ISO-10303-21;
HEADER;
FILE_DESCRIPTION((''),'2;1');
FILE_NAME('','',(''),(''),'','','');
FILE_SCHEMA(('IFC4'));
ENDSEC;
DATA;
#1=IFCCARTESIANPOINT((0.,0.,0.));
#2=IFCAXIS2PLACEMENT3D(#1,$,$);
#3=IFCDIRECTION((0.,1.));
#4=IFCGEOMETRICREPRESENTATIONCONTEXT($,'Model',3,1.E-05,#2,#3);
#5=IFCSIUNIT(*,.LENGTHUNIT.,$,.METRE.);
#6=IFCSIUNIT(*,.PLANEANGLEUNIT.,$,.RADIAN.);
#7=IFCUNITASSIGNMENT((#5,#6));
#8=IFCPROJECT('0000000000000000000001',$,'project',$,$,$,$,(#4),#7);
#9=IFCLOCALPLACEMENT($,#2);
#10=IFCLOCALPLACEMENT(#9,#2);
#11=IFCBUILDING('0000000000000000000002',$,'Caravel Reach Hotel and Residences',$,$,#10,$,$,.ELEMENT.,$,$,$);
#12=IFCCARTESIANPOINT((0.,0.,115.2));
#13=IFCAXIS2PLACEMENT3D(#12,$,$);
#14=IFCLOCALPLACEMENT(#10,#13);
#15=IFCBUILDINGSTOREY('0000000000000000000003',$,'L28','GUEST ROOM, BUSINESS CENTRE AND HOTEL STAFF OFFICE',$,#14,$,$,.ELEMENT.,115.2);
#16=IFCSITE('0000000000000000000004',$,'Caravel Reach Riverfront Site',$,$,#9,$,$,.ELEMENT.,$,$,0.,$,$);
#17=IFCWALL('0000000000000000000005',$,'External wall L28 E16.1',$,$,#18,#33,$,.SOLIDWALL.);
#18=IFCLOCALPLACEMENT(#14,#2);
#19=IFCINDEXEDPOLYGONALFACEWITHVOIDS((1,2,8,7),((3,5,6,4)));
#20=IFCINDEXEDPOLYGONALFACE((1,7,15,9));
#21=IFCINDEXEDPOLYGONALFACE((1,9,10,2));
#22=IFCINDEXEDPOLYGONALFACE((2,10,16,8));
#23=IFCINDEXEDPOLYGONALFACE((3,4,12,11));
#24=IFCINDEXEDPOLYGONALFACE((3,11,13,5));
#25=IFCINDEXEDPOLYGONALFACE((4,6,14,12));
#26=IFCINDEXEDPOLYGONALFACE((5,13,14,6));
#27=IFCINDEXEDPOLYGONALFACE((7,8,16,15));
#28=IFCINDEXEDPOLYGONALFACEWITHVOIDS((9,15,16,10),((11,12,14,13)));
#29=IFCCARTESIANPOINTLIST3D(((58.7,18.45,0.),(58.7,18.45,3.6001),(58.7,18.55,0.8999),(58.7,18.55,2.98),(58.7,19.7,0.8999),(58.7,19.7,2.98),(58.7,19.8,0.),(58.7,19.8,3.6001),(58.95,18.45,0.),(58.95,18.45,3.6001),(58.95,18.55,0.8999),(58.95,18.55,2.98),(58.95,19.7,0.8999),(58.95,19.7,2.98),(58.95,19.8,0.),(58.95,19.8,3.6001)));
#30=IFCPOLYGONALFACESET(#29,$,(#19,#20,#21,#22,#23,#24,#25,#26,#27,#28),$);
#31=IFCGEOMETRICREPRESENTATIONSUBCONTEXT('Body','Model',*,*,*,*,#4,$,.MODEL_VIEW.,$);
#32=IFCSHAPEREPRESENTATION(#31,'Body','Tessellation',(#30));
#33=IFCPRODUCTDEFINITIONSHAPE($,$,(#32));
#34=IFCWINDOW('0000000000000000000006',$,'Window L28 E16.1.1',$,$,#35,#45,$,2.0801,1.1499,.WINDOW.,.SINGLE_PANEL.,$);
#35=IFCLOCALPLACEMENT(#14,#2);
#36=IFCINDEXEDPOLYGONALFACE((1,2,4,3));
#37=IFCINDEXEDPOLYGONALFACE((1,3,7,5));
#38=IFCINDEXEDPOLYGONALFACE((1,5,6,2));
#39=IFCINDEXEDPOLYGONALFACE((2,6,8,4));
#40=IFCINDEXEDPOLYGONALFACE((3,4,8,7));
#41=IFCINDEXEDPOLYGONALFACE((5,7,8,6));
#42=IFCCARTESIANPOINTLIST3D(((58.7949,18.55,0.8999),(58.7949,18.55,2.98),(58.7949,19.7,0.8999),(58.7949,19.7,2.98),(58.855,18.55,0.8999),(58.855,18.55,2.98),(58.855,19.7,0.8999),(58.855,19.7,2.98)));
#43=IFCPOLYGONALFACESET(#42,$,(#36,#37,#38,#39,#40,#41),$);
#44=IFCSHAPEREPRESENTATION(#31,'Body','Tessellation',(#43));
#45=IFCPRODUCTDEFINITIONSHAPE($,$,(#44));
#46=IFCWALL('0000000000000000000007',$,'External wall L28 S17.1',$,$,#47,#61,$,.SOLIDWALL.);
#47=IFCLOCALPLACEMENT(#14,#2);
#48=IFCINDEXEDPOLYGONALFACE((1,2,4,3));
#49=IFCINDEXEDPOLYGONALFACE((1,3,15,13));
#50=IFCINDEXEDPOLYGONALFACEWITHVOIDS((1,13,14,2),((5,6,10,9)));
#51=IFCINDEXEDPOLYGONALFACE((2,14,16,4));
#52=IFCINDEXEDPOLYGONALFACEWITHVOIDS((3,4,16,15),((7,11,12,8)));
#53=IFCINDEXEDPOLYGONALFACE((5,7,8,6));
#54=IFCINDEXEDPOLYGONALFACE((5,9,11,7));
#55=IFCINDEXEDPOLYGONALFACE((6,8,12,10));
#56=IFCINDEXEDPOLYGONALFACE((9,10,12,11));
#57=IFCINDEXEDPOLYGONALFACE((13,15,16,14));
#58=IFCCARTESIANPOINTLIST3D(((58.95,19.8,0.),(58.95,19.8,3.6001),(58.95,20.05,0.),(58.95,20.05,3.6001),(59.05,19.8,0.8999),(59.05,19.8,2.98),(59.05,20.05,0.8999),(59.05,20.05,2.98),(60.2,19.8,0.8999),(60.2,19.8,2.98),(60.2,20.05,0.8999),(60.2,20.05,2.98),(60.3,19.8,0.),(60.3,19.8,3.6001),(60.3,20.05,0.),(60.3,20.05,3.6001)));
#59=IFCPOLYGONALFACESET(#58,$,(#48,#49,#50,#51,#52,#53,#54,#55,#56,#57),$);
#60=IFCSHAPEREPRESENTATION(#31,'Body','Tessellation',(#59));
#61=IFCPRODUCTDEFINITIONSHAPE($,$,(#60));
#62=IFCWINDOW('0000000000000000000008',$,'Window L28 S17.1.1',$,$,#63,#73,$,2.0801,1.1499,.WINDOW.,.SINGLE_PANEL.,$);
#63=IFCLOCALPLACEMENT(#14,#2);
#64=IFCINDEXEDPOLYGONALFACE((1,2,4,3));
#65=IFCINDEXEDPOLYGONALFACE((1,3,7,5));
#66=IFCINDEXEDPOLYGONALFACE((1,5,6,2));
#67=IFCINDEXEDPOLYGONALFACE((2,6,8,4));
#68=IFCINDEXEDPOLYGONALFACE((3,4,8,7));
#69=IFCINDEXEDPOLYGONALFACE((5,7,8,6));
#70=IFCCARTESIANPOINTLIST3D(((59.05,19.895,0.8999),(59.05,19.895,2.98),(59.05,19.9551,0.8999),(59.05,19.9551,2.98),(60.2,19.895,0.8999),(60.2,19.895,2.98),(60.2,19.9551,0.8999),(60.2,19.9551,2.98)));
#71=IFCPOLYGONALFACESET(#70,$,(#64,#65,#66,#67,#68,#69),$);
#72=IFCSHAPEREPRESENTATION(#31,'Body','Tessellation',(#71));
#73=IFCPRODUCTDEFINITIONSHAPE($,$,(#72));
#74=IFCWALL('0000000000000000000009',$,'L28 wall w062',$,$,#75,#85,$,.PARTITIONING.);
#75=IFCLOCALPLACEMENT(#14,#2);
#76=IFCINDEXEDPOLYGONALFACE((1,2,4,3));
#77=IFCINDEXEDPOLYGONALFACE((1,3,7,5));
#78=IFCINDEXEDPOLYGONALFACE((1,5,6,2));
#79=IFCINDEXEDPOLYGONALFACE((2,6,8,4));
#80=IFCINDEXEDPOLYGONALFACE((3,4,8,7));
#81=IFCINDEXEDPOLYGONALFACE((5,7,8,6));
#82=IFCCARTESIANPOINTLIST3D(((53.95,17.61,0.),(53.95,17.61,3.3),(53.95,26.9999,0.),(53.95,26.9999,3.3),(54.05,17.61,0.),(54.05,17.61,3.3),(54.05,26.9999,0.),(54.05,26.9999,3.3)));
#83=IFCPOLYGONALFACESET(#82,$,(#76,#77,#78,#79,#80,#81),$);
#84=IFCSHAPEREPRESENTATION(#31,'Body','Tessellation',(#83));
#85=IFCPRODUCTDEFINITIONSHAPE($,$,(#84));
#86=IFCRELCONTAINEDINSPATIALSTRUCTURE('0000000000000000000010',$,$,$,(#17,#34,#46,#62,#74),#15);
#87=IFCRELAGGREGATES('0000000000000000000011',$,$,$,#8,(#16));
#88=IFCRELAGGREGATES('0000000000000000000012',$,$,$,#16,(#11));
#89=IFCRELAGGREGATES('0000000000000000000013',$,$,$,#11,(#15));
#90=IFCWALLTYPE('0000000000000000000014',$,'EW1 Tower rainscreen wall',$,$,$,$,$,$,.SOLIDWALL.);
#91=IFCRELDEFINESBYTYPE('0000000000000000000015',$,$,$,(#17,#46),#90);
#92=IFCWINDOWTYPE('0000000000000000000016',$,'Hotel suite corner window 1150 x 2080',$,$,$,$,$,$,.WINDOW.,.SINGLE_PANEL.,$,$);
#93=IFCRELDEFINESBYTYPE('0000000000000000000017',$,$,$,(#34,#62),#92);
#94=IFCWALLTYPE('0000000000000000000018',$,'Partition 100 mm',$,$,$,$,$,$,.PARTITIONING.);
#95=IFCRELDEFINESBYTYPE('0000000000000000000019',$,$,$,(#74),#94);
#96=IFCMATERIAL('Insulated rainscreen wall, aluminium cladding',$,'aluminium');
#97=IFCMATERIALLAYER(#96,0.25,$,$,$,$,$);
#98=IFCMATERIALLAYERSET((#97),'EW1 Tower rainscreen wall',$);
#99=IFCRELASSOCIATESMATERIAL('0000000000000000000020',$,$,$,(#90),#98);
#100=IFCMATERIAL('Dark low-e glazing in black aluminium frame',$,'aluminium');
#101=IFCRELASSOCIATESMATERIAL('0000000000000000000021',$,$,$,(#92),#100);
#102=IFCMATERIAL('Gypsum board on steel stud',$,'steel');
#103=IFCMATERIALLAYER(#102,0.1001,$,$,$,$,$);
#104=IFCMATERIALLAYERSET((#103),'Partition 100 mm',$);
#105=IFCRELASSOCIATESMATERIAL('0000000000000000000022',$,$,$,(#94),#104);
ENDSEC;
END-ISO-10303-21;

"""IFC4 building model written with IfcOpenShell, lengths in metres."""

from ifc_helpers import new_model, si_unit, direction, frame, frame_2d, origin, place, context, subcontext, project, spatial, rectangle, extrude, material, layer, layer_set, type_object, element, fill, save


model = new_model("IFC4")

# Units and contexts
model_context = context("Model", 3, precision=1e-05, world=origin(), true_north=direction((0.0, 1.0)))
body_context = subcontext(model_context, "Body", "Model", "MODEL_VIEW")
ifc_project = project(units=[si_unit("LENGTHUNIT", "METRE"), si_unit("PLANEANGLEUNIT", "RADIAN")], contexts=[model_context])

# Site, building, storey
site_placement = place(None, origin())
site = spatial("IfcSite", under=ifc_project, at=site_placement, Name="Caravel Reach Riverfront Site", CompositionType="ELEMENT", RefElevation=0.0)
building_placement = place(site_placement, origin())
building = spatial("IfcBuilding", under=site, at=building_placement, Name="Caravel Reach Hotel and Residences", CompositionType="ELEMENT")
storey_placement = place(building_placement, frame((0.0, 0.0, 115.2)))
storey = spatial("IfcBuildingStorey", under=building, at=storey_placement, Name="L28", Description="GUEST ROOM, BUSINESS CENTRE AND HOTEL STAFF OFFICE", CompositionType="ELEMENT", Elevation=115.2)

# Walls, openings, windows
ifc_material_1 = material(Name="Insulated rainscreen wall, aluminium cladding", Category="aluminium")
ifc_layer_1 = layer(ifc_material_1, 0.25)
ifc_layer_set_1 = layer_set([ifc_layer_1], Name="EW1 Tower rainscreen wall")
wall_type_1 = type_object("IfcWallType", Name="EW1 Tower rainscreen wall", PredefinedType="SOLIDWALL", material=ifc_layer_set_1)
wall_1_placement = place(storey_placement, frame((58.825, 18.45, 0.0), z_axis=(0.0, 0.0, 1.0), x_axis=(0.0, 1.0, 0.0)))
wall_1 = element("IfcWall", 1, at=wall_1_placement, inside=storey, type_object=wall_type_1, Name="External wall L28 E16.1", PredefinedType="SOLIDWALL", context=body_context, shape_type="SweptSolid", body=[
    extrude(rectangle(XDim=1.3501, YDim=0.25, at=frame_2d((0.675, 0.0))), origin(), (0.0, 0.0, 1.0), 3.6001),
])
opening_1_placement = place(wall_1_placement, frame((0.1001, 0.0, 0.8999)))
opening_1 = element("IfcOpeningElement", 2, at=opening_1_placement, cuts=wall_1, PredefinedType="OPENING", context=body_context, shape_type="SweptSolid", body=[
    extrude(rectangle(XDim=1.1499, YDim=2.0801, at=frame_2d((0.575, 1.04))), frame((0.0, 0.135, 0.0), z_axis=(0.0, -1.0, 0.0), x_axis=(1.0, 0.0, 0.0)), (0.0, 0.0, 1.0), 0.27),
])
ifc_material_2 = material(Name="Dark low-e glazing in black aluminium frame", Category="aluminium")
window_type = type_object("IfcWindowType", Name="Hotel suite corner window 1150 x 2080", PartitioningType="SINGLE_PANEL", PredefinedType="WINDOW", material=ifc_material_2)
window_1_placement = place(opening_1_placement, origin())
window_1 = element("IfcWindow", 3, at=window_1_placement, inside=storey, type_object=window_type, Name="Window L28 E16.1.1", OverallHeight=2.0801, OverallWidth=1.1499, PartitioningType="SINGLE_PANEL", PredefinedType="WINDOW", context=body_context, shape_type="SweptSolid", body=[
    extrude(rectangle(XDim=1.1499, YDim=2.0801, at=frame_2d((0.575, 1.04))), frame((0.0, 0.03, 0.0), z_axis=(0.0, -1.0, 0.0), x_axis=(1.0, 0.0, 0.0)), (0.0, 0.0, 1.0), 0.0601),
])
fill(opening_1, window_1)
wall_2_placement = place(storey_placement, frame((58.95, 19.925, 0.0), z_axis=(0.0, 0.0, 1.0), x_axis=(1.0, 0.0, 0.0)))
wall_2 = element("IfcWall", 4, at=wall_2_placement, inside=storey, type_object=wall_type_1, Name="External wall L28 S17.1", PredefinedType="SOLIDWALL", context=body_context, shape_type="SweptSolid", body=[
    extrude(rectangle(XDim=1.3501, YDim=0.25, at=frame_2d((0.675, 0.0))), origin(), (0.0, 0.0, 1.0), 3.6001),
])
opening_2_placement = place(wall_2_placement, frame((0.1001, 0.0, 0.8999)))
opening_2 = element("IfcOpeningElement", 5, at=opening_2_placement, cuts=wall_2, PredefinedType="OPENING", context=body_context, shape_type="SweptSolid", body=[
    extrude(rectangle(XDim=1.1499, YDim=2.0801, at=frame_2d((0.575, 1.04))), frame((0.0, 0.135, 0.0), z_axis=(0.0, -1.0, 0.0), x_axis=(1.0, 0.0, 0.0)), (0.0, 0.0, 1.0), 0.27),
])
window_2_placement = place(opening_2_placement, origin())
window_2 = element("IfcWindow", 6, at=window_2_placement, inside=storey, type_object=window_type, Name="Window L28 S17.1.1", OverallHeight=2.0801, OverallWidth=1.1499, PartitioningType="SINGLE_PANEL", PredefinedType="WINDOW", context=body_context, shape_type="SweptSolid", body=[
    extrude(rectangle(XDim=1.1499, YDim=2.0801, at=frame_2d((0.575, 1.04))), frame((0.0, 0.03, 0.0), z_axis=(0.0, -1.0, 0.0), x_axis=(1.0, 0.0, 0.0)), (0.0, 0.0, 1.0), 0.0601),
])
fill(opening_2, window_2)

# Wall
ifc_material_3 = material(Name="Gypsum board on steel stud", Category="steel")
ifc_layer_2 = layer(ifc_material_3, 0.1001)
ifc_layer_set_2 = layer_set([ifc_layer_2], Name="Partition 100 mm")
wall_type_2 = type_object("IfcWallType", Name="Partition 100 mm", PredefinedType="PARTITIONING", material=ifc_layer_set_2)
wall_3_placement = place(storey_placement, frame((54.0, 17.6101, 0.0), z_axis=(0.0, 0.0, 1.0), x_axis=(0.0, 1.0, 0.0)))
element("IfcWall", 7, at=wall_3_placement, inside=storey, type_object=wall_type_2, Name="L28 wall w062", PredefinedType="PARTITIONING", context=body_context, shape_type="SweptSolid", body=[
    extrude(rectangle(XDim=9.3899, YDim=0.1001, at=frame_2d((4.6948, 0.0))), origin(), (0.0, 0.0, 1.0), 3.3),
])

save(model, "model.ifc")
